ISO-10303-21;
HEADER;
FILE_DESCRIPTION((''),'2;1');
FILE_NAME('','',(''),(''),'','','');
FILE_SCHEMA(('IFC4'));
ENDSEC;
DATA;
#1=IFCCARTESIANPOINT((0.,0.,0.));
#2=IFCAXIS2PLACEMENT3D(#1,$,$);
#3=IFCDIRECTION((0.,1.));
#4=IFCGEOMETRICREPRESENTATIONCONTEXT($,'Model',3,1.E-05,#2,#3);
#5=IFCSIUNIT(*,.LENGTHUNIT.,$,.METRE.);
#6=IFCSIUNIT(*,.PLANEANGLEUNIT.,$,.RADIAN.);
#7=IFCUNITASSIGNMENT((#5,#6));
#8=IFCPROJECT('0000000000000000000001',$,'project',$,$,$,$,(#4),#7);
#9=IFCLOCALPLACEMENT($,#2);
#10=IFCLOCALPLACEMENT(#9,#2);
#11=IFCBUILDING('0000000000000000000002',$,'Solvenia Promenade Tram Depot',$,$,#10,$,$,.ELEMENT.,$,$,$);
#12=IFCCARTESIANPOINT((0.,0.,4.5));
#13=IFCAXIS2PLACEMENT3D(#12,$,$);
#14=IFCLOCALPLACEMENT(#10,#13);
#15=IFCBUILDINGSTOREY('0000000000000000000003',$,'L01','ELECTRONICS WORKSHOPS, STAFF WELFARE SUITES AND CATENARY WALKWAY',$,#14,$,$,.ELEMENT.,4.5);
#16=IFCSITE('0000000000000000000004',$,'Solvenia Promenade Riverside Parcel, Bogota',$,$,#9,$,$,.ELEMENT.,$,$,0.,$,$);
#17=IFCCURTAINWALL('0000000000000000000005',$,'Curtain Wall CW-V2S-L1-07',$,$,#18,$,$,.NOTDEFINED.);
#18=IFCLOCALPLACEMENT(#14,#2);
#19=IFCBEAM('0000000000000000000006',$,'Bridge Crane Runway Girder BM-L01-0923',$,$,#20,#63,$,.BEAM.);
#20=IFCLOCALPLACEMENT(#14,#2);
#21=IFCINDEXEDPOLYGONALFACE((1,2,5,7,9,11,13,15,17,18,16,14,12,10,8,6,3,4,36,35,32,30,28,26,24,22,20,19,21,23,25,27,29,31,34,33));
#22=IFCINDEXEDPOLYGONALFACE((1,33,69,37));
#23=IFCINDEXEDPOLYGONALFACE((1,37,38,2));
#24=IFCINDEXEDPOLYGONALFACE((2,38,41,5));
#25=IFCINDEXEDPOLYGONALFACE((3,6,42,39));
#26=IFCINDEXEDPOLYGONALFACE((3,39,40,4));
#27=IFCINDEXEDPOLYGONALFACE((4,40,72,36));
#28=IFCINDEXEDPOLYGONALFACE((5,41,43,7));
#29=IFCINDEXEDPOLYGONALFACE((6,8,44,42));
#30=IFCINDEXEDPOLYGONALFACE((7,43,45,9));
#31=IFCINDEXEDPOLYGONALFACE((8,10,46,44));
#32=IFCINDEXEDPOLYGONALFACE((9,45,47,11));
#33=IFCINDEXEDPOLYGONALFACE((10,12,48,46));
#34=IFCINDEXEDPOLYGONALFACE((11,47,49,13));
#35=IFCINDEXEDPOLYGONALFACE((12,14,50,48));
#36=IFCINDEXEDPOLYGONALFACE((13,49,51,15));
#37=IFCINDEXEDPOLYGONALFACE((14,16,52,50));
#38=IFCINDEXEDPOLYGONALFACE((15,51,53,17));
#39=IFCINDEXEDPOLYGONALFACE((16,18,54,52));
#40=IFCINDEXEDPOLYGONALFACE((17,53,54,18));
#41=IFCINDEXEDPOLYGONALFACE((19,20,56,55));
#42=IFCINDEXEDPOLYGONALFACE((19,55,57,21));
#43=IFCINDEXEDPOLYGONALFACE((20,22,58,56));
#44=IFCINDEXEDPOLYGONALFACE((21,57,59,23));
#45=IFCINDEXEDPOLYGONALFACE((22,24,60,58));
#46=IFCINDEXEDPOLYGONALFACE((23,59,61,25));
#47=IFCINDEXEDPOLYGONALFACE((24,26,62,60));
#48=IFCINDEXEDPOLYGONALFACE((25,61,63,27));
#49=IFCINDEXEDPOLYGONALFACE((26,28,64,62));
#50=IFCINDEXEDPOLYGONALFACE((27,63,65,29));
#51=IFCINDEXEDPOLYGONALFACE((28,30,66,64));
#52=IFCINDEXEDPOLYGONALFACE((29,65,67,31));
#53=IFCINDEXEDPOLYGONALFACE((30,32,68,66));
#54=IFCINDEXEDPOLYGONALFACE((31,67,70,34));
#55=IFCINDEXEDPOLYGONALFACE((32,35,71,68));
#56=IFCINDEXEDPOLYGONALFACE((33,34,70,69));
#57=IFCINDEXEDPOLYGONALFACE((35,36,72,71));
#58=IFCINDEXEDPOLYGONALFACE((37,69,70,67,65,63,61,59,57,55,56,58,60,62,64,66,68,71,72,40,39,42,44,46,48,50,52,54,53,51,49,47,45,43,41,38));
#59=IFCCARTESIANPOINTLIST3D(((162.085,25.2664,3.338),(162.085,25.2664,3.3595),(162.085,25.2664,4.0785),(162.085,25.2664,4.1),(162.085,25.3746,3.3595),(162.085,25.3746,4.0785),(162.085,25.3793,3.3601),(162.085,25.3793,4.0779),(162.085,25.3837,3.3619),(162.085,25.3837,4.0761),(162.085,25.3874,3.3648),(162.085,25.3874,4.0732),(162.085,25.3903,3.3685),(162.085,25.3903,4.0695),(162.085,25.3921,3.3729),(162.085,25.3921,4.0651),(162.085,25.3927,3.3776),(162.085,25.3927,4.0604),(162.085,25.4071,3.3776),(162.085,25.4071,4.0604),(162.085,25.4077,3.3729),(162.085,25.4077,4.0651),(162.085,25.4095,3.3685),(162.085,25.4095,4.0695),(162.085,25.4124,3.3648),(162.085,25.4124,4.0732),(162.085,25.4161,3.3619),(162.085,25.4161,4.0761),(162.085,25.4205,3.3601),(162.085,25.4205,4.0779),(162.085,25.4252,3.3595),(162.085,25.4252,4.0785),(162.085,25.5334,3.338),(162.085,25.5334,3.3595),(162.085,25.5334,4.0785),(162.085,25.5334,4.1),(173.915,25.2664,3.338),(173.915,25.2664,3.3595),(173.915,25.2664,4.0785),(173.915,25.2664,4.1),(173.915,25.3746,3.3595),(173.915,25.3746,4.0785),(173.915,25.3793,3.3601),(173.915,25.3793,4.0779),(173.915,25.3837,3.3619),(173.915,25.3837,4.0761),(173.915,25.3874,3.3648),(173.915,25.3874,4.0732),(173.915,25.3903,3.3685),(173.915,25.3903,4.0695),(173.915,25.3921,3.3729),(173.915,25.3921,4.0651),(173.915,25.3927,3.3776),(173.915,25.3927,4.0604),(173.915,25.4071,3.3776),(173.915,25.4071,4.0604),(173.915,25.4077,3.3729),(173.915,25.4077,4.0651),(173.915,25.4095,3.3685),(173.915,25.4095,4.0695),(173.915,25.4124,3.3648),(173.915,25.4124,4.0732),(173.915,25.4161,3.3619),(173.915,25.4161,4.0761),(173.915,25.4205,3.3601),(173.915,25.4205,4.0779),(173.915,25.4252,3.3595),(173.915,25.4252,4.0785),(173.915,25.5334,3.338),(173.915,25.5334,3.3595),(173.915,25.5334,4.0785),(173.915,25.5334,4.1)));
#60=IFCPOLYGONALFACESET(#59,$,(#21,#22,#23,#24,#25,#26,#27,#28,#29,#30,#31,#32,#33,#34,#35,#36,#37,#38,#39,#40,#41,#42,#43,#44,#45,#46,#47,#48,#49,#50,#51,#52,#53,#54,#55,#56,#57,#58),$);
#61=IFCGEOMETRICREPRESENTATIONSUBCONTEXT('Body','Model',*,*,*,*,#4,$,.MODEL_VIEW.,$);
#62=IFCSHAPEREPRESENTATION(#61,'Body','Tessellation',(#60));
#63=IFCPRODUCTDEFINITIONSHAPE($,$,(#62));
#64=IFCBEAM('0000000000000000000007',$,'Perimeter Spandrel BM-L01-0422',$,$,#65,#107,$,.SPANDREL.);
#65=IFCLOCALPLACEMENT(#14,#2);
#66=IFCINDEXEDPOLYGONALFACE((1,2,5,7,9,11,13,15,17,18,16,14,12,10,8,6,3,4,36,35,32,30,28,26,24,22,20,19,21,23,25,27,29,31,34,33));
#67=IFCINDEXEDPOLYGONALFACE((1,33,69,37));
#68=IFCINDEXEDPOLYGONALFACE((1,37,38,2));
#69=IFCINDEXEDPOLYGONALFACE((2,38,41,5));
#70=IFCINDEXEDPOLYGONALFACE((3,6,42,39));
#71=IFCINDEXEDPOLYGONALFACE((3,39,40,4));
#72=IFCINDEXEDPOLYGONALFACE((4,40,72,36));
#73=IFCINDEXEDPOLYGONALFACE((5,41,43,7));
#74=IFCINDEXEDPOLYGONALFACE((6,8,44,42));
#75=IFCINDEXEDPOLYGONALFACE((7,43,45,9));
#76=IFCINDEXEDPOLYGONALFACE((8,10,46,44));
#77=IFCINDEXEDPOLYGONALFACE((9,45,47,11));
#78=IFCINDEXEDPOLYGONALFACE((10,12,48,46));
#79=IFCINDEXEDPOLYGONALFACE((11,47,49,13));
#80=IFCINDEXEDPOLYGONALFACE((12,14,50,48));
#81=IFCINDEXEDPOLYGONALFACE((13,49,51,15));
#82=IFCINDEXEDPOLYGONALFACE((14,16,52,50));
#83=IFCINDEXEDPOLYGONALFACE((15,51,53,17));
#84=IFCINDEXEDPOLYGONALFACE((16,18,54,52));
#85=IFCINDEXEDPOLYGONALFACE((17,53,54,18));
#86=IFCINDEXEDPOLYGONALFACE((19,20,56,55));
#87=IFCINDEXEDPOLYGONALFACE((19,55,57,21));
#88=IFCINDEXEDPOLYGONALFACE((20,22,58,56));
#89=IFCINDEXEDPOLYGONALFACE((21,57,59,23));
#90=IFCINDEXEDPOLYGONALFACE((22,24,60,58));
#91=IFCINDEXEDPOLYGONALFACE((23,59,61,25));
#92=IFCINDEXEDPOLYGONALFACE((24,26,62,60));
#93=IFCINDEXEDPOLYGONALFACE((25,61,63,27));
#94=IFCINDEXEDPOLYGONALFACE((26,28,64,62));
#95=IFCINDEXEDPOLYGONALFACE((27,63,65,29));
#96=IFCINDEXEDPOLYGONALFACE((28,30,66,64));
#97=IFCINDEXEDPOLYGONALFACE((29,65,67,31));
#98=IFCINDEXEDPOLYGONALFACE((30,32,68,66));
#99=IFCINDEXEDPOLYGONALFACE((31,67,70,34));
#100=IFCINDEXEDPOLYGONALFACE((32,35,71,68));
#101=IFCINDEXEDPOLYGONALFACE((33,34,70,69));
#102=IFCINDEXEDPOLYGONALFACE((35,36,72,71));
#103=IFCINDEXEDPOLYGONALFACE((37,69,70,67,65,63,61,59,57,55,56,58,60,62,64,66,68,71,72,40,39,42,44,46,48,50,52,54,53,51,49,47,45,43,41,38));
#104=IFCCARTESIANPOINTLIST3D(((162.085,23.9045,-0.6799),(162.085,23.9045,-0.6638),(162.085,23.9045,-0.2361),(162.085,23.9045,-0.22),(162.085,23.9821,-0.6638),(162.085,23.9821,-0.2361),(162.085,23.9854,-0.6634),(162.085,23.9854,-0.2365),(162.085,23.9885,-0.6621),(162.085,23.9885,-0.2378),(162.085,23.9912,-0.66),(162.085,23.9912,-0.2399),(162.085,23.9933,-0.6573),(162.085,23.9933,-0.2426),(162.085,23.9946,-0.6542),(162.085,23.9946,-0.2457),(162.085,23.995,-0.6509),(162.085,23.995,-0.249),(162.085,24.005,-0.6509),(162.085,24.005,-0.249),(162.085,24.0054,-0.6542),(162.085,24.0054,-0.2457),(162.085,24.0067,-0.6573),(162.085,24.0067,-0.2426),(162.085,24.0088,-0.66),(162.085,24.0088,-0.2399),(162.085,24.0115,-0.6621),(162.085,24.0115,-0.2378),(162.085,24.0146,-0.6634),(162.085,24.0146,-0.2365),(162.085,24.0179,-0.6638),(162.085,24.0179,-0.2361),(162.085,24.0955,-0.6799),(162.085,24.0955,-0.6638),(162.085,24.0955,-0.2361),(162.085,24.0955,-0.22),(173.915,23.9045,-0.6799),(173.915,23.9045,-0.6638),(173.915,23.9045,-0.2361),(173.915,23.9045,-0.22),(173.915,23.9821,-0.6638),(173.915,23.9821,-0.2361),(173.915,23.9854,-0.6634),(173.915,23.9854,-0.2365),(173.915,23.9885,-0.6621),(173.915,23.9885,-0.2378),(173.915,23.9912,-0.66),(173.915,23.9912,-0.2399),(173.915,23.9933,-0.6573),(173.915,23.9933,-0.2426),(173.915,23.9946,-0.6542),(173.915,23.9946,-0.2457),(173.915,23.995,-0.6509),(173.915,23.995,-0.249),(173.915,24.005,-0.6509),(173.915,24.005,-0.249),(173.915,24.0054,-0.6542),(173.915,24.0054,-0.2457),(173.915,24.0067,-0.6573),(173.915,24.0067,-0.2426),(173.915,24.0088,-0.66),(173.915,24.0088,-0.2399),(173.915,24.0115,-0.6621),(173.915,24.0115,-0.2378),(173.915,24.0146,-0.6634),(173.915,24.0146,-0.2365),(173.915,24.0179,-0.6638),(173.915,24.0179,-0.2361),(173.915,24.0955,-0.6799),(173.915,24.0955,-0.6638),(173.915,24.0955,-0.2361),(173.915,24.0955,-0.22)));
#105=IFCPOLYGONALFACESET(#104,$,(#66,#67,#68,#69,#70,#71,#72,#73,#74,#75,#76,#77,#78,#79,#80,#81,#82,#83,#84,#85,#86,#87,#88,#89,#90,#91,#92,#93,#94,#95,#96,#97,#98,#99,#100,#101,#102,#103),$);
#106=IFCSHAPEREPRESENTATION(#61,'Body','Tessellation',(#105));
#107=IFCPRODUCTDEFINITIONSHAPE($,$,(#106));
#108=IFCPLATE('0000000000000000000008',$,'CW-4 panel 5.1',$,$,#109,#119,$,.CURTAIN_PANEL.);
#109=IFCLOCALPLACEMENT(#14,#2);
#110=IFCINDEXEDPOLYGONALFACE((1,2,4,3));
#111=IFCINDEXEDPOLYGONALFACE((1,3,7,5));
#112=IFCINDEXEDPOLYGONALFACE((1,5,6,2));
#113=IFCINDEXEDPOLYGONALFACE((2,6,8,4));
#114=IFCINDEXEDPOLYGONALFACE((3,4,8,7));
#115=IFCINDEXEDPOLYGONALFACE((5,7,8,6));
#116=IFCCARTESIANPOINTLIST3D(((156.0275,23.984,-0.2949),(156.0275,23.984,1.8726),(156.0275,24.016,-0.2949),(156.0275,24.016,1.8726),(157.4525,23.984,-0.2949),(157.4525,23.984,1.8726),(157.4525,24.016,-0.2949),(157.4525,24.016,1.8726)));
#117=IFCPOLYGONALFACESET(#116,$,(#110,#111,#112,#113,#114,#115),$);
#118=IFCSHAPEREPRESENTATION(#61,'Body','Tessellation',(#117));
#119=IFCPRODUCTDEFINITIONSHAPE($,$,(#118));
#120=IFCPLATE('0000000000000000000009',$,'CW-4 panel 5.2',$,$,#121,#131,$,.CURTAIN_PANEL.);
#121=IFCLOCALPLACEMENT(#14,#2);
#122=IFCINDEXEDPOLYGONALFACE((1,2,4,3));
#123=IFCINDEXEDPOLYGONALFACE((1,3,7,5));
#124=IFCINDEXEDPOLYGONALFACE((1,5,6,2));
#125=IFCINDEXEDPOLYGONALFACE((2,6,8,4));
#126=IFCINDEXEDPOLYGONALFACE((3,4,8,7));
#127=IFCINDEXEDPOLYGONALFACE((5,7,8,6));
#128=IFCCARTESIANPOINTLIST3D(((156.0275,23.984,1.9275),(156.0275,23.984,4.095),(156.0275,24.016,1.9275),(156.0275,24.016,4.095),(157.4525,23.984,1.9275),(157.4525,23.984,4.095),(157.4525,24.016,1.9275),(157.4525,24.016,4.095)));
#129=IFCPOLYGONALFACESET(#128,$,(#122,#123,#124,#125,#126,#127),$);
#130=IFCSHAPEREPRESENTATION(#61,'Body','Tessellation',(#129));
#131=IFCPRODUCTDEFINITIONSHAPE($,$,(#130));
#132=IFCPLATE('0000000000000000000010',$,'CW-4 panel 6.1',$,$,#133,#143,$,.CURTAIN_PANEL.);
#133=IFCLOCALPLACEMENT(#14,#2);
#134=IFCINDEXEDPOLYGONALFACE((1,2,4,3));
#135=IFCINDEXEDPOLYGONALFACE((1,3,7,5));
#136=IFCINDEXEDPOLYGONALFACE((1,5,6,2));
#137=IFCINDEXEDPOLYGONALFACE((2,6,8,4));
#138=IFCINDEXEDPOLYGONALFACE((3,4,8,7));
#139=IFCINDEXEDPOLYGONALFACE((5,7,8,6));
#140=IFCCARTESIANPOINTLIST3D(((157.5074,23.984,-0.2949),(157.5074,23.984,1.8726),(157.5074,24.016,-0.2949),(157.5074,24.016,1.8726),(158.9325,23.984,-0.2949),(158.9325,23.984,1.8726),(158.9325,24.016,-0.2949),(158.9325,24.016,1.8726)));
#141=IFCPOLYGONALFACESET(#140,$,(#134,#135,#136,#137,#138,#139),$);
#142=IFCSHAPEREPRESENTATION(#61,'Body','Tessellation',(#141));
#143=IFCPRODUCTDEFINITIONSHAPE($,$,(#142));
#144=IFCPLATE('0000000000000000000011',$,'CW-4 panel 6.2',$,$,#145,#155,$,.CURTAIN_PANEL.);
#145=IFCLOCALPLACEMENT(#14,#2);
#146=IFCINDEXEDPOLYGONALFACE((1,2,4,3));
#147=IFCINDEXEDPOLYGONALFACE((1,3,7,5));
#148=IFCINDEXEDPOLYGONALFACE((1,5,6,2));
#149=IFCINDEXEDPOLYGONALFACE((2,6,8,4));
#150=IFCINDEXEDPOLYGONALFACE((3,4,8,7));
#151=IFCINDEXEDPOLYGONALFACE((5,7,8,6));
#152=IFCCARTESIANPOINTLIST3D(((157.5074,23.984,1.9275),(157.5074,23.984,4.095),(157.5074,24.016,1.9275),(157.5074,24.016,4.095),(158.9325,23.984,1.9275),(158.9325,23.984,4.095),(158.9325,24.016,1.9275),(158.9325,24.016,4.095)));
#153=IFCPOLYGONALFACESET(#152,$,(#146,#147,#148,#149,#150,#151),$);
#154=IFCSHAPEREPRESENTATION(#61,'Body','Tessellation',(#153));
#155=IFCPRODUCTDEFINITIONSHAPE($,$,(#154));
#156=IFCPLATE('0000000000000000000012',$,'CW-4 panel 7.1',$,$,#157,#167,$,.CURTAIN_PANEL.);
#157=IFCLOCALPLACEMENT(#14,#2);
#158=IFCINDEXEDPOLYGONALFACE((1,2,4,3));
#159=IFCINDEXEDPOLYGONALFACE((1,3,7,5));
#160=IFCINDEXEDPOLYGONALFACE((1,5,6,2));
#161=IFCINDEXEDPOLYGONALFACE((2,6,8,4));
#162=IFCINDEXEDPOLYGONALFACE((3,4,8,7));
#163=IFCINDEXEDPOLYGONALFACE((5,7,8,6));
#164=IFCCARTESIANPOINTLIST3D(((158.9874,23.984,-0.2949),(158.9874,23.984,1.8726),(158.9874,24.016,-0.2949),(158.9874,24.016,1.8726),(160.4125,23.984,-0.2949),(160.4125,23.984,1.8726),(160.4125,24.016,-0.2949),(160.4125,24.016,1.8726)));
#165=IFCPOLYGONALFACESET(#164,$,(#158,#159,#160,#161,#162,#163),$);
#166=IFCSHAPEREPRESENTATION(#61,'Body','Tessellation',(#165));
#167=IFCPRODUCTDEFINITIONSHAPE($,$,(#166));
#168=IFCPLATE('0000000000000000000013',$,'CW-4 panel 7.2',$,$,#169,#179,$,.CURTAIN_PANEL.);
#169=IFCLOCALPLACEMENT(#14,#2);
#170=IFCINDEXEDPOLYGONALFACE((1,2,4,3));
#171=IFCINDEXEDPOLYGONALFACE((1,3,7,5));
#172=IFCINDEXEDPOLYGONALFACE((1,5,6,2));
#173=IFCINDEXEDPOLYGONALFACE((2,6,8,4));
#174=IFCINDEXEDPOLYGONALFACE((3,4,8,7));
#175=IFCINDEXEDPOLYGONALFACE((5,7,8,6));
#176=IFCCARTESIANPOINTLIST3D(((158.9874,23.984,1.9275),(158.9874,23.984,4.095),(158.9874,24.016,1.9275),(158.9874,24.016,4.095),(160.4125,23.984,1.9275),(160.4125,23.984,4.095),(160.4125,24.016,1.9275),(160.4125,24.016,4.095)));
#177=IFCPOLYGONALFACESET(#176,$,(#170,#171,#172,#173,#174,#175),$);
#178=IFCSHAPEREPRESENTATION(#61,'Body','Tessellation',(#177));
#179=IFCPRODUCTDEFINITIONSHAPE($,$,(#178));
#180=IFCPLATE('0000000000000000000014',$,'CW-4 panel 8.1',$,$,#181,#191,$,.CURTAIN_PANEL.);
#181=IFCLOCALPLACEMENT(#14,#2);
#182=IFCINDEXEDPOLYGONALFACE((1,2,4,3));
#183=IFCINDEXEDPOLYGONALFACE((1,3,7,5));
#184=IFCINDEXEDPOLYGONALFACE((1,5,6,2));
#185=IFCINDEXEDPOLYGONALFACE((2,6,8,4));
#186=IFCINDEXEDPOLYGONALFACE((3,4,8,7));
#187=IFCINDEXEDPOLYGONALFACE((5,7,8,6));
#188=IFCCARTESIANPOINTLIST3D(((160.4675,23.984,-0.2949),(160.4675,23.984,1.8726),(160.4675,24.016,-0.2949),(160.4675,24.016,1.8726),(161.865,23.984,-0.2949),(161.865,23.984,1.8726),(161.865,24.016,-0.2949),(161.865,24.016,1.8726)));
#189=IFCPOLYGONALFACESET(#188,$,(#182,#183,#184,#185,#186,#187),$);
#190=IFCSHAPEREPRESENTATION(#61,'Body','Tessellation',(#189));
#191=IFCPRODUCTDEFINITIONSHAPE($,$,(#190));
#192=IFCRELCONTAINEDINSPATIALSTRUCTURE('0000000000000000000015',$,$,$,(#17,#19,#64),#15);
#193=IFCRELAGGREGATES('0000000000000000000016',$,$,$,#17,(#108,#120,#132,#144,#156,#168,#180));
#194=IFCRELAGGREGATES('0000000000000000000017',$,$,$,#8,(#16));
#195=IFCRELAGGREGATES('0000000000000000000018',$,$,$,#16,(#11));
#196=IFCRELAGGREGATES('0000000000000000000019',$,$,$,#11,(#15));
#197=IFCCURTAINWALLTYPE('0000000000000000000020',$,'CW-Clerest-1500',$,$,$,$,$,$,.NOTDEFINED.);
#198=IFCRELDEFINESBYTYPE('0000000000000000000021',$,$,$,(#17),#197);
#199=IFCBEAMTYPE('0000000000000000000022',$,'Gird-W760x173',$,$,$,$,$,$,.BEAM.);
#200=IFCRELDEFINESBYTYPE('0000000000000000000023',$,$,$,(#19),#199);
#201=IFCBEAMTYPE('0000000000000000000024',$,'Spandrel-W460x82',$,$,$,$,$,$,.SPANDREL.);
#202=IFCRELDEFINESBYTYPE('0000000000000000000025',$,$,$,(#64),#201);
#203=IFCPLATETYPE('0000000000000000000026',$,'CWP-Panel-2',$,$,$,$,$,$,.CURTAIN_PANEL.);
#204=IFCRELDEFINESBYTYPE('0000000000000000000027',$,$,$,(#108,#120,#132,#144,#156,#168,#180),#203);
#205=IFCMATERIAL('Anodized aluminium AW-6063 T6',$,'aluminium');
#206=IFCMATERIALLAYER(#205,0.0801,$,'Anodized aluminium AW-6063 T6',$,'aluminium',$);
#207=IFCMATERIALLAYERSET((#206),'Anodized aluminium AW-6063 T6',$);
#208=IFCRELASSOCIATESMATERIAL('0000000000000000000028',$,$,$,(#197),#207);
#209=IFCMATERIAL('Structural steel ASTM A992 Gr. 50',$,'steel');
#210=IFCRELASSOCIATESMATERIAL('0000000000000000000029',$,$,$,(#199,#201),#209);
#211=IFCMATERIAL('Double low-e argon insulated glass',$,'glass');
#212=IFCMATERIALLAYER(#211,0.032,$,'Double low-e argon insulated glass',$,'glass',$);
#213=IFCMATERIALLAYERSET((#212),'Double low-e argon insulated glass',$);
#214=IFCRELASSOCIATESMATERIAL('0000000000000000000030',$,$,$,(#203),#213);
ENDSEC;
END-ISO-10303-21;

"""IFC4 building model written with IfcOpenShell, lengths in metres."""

from ifc_helpers import new_model, si_unit, direction, frame, origin, origin_2d, place, context, subcontext, project, spatial, rectangle, i_section, extrude, material, layer, layer_set, material_profile, profile_set, type_object, element, aggregate, save


model = new_model("IFC4")

# Units and contexts
model_context = context("Model", 3, precision=1e-05, world=origin(), true_north=direction((0.0, 1.0)))
body_context = subcontext(model_context, "Body", "Model", "MODEL_VIEW")
ifc_project = project(units=[si_unit("LENGTHUNIT", "METRE"), si_unit("PLANEANGLEUNIT", "RADIAN")], contexts=[model_context])

# Site, building, storey
site_placement = place(None, origin())
site = spatial("IfcSite", under=ifc_project, at=site_placement, Name="Solvenia Promenade Riverside Parcel, Bogota", CompositionType="ELEMENT", RefElevation=0.0)
building_placement = place(site_placement, origin())
building = spatial("IfcBuilding", under=site, at=building_placement, Name="Solvenia Promenade Tram Depot", CompositionType="ELEMENT")
storey_placement = place(building_placement, frame((0.0, 0.0, 4.5)))
storey = spatial("IfcBuildingStorey", under=building, at=storey_placement, Name="L01", Description="ELECTRONICS WORKSHOPS, STAFF WELFARE SUITES AND CATENARY WALKWAY", CompositionType="ELEMENT", Elevation=4.5)

# Shared definitions
ifc_material_1 = material(Name="Structural steel ASTM A992 Gr. 50", Category="steel")

# Curtain wall
ifc_material_2 = material(Name="Anodized aluminium AW-6063 T6", Category="aluminium")
ifc_layer_1 = layer(ifc_material_2, 0.0801, Name="Anodized aluminium AW-6063 T6", Category="aluminium")
ifc_layer_set_1 = layer_set([ifc_layer_1], Name="Anodized aluminium AW-6063 T6")
curtain_wall_type = type_object("IfcCurtainWallType", Name="CW-Clerest-1500", PredefinedType="NOTDEFINED", material=ifc_layer_set_1)
curtain_wall_placement = place(storey_placement, origin())
curtain_wall = element("IfcCurtainWall", 1, at=curtain_wall_placement, inside=storey, type_object=curtain_wall_type, Name="Curtain Wall CW-V2S-L1-07", PredefinedType="NOTDEFINED")

# Beams
ifc_material_profile_1 = material_profile(ifc_material_1, i_section(OverallWidth=0.2671, OverallDepth=0.762, WebThickness=0.0144, FlangeThickness=0.0215, FilletRadius=0.0181, at=origin_2d()), Name="W760x173", Category="steel")
ifc_profile_set_1 = profile_set([ifc_material_profile_1], Name="Structural steel ASTM A992 Gr. 50")
beam_type_1 = type_object("IfcBeamType", Name="Gird-W760x173", PredefinedType="BEAM", material=ifc_profile_set_1)
beam_1_placement = place(storey_placement, frame((162.085, 25.3999, 3.719), z_axis=(1.0, 0.0, 0.0), x_axis=(0.0, 1.0, 0.0)))
element("IfcBeam", 2, at=beam_1_placement, inside=storey, type_object=beam_type_1, Name="Bridge Crane Runway Girder BM-L01-0923", PredefinedType="BEAM", context=body_context, shape_type="SweptSolid", body=[
    extrude(i_section(OverallWidth=0.2671, OverallDepth=0.762, WebThickness=0.0144, FlangeThickness=0.0215, FilletRadius=0.0181, at=origin_2d()), origin(), (0.0, 0.0, 1.0), 11.8301),
])
ifc_material_profile_2 = material_profile(ifc_material_1, i_section(OverallWidth=0.1909, OverallDepth=0.46, WebThickness=0.01, FlangeThickness=0.0161, FilletRadius=0.0129, at=origin_2d()), Name="W460x82", Category="steel")
ifc_profile_set_2 = profile_set([ifc_material_profile_2], Name="Structural steel ASTM A992 Gr. 50")
beam_type_2 = type_object("IfcBeamType", Name="Spandrel-W460x82", PredefinedType="SPANDREL", material=ifc_profile_set_2)
beam_2_placement = place(storey_placement, frame((162.085, 24.0, -0.45), z_axis=(1.0, 0.0, 0.0), x_axis=(0.0, 1.0, 0.0)))
element("IfcBeam", 3, at=beam_2_placement, inside=storey, type_object=beam_type_2, Name="Perimeter Spandrel BM-L01-0422", PredefinedType="SPANDREL", context=body_context, shape_type="SweptSolid", body=[
    extrude(i_section(OverallWidth=0.1909, OverallDepth=0.46, WebThickness=0.01, FlangeThickness=0.0161, FilletRadius=0.0129, at=origin_2d()), origin(), (0.0, 0.0, 1.0), 11.8301),
])

# Plates
ifc_material_3 = material(Name="Double low-e argon insulated glass", Category="glass")
ifc_layer_2 = layer(ifc_material_3, 0.032, Name="Double low-e argon insulated glass", Category="glass")
ifc_layer_set_2 = layer_set([ifc_layer_2], Name="Double low-e argon insulated glass")
plate_type = type_object("IfcPlateType", Name="CWP-Panel-2", PredefinedType="CURTAIN_PANEL", material=ifc_layer_set_2)
plate_1_placement = place(storey_placement, frame((156.74, 24.0, -0.2949), z_axis=(0.0, 0.0, 1.0), x_axis=(1.0, 0.0, 0.0)))
plate_1 = element("IfcPlate", 4, at=plate_1_placement, type_object=plate_type, Name="CW-4 panel 5.1", PredefinedType="CURTAIN_PANEL", context=body_context, shape_type="SweptSolid", body=[
    extrude(rectangle(XDim=1.425, YDim=0.032, at=origin_2d()), origin(), (0.0, 0.0, 1.0), 2.1675),
])
plate_2_placement = place(storey_placement, frame((156.74, 24.0, 1.9275), z_axis=(0.0, 0.0, 1.0), x_axis=(1.0, 0.0, 0.0)))
plate_2 = element("IfcPlate", 5, at=plate_2_placement, type_object=plate_type, Name="CW-4 panel 5.2", PredefinedType="CURTAIN_PANEL", context=body_context, shape_type="SweptSolid", body=[
    extrude(rectangle(XDim=1.425, YDim=0.032, at=origin_2d()), origin(), (0.0, 0.0, 1.0), 2.1675),
])
plate_3_placement = place(storey_placement, frame((158.22, 24.0, -0.2949), z_axis=(0.0, 0.0, 1.0), x_axis=(1.0, 0.0, 0.0)))
plate_3 = element("IfcPlate", 6, at=plate_3_placement, type_object=plate_type, Name="CW-4 panel 6.1", PredefinedType="CURTAIN_PANEL", context=body_context, shape_type="SweptSolid", body=[
    extrude(rectangle(XDim=1.425, YDim=0.032, at=origin_2d()), origin(), (0.0, 0.0, 1.0), 2.1675),
])
plate_4_placement = place(storey_placement, frame((158.22, 24.0, 1.9275), z_axis=(0.0, 0.0, 1.0), x_axis=(1.0, 0.0, 0.0)))
plate_4 = element("IfcPlate", 7, at=plate_4_placement, type_object=plate_type, Name="CW-4 panel 6.2", PredefinedType="CURTAIN_PANEL", context=body_context, shape_type="SweptSolid", body=[
    extrude(rectangle(XDim=1.425, YDim=0.032, at=origin_2d()), origin(), (0.0, 0.0, 1.0), 2.1675),
])
plate_5_placement = place(storey_placement, frame((159.7, 24.0, -0.2949), z_axis=(0.0, 0.0, 1.0), x_axis=(1.0, 0.0, 0.0)))
plate_5 = element("IfcPlate", 8, at=plate_5_placement, type_object=plate_type, Name="CW-4 panel 7.1", PredefinedType="CURTAIN_PANEL", context=body_context, shape_type="SweptSolid", body=[
    extrude(rectangle(XDim=1.425, YDim=0.032, at=origin_2d()), origin(), (0.0, 0.0, 1.0), 2.1675),
])
plate_6_placement = place(storey_placement, frame((159.7, 24.0, 1.9275), z_axis=(0.0, 0.0, 1.0), x_axis=(1.0, 0.0, 0.0)))
plate_6 = element("IfcPlate", 9, at=plate_6_placement, type_object=plate_type, Name="CW-4 panel 7.2", PredefinedType="CURTAIN_PANEL", context=body_context, shape_type="SweptSolid", body=[
    extrude(rectangle(XDim=1.425, YDim=0.032, at=origin_2d()), origin(), (0.0, 0.0, 1.0), 2.1675),
])
plate_7_placement = place(storey_placement, frame((161.1663, 24.0, -0.2949), z_axis=(0.0, 0.0, 1.0), x_axis=(1.0, 0.0, 0.0)))
plate_7 = element("IfcPlate", 10, at=plate_7_placement, type_object=plate_type, Name="CW-4 panel 8.1", PredefinedType="CURTAIN_PANEL", context=body_context, shape_type="SweptSolid", body=[
    extrude(rectangle(XDim=1.3975, YDim=0.032, at=origin_2d()), origin(), (0.0, 0.0, 1.0), 2.1675),
])
aggregate(curtain_wall, [plate_1, plate_2, plate_3, plate_4, plate_5, plate_6, plate_7])

save(model, "model.ifc")
